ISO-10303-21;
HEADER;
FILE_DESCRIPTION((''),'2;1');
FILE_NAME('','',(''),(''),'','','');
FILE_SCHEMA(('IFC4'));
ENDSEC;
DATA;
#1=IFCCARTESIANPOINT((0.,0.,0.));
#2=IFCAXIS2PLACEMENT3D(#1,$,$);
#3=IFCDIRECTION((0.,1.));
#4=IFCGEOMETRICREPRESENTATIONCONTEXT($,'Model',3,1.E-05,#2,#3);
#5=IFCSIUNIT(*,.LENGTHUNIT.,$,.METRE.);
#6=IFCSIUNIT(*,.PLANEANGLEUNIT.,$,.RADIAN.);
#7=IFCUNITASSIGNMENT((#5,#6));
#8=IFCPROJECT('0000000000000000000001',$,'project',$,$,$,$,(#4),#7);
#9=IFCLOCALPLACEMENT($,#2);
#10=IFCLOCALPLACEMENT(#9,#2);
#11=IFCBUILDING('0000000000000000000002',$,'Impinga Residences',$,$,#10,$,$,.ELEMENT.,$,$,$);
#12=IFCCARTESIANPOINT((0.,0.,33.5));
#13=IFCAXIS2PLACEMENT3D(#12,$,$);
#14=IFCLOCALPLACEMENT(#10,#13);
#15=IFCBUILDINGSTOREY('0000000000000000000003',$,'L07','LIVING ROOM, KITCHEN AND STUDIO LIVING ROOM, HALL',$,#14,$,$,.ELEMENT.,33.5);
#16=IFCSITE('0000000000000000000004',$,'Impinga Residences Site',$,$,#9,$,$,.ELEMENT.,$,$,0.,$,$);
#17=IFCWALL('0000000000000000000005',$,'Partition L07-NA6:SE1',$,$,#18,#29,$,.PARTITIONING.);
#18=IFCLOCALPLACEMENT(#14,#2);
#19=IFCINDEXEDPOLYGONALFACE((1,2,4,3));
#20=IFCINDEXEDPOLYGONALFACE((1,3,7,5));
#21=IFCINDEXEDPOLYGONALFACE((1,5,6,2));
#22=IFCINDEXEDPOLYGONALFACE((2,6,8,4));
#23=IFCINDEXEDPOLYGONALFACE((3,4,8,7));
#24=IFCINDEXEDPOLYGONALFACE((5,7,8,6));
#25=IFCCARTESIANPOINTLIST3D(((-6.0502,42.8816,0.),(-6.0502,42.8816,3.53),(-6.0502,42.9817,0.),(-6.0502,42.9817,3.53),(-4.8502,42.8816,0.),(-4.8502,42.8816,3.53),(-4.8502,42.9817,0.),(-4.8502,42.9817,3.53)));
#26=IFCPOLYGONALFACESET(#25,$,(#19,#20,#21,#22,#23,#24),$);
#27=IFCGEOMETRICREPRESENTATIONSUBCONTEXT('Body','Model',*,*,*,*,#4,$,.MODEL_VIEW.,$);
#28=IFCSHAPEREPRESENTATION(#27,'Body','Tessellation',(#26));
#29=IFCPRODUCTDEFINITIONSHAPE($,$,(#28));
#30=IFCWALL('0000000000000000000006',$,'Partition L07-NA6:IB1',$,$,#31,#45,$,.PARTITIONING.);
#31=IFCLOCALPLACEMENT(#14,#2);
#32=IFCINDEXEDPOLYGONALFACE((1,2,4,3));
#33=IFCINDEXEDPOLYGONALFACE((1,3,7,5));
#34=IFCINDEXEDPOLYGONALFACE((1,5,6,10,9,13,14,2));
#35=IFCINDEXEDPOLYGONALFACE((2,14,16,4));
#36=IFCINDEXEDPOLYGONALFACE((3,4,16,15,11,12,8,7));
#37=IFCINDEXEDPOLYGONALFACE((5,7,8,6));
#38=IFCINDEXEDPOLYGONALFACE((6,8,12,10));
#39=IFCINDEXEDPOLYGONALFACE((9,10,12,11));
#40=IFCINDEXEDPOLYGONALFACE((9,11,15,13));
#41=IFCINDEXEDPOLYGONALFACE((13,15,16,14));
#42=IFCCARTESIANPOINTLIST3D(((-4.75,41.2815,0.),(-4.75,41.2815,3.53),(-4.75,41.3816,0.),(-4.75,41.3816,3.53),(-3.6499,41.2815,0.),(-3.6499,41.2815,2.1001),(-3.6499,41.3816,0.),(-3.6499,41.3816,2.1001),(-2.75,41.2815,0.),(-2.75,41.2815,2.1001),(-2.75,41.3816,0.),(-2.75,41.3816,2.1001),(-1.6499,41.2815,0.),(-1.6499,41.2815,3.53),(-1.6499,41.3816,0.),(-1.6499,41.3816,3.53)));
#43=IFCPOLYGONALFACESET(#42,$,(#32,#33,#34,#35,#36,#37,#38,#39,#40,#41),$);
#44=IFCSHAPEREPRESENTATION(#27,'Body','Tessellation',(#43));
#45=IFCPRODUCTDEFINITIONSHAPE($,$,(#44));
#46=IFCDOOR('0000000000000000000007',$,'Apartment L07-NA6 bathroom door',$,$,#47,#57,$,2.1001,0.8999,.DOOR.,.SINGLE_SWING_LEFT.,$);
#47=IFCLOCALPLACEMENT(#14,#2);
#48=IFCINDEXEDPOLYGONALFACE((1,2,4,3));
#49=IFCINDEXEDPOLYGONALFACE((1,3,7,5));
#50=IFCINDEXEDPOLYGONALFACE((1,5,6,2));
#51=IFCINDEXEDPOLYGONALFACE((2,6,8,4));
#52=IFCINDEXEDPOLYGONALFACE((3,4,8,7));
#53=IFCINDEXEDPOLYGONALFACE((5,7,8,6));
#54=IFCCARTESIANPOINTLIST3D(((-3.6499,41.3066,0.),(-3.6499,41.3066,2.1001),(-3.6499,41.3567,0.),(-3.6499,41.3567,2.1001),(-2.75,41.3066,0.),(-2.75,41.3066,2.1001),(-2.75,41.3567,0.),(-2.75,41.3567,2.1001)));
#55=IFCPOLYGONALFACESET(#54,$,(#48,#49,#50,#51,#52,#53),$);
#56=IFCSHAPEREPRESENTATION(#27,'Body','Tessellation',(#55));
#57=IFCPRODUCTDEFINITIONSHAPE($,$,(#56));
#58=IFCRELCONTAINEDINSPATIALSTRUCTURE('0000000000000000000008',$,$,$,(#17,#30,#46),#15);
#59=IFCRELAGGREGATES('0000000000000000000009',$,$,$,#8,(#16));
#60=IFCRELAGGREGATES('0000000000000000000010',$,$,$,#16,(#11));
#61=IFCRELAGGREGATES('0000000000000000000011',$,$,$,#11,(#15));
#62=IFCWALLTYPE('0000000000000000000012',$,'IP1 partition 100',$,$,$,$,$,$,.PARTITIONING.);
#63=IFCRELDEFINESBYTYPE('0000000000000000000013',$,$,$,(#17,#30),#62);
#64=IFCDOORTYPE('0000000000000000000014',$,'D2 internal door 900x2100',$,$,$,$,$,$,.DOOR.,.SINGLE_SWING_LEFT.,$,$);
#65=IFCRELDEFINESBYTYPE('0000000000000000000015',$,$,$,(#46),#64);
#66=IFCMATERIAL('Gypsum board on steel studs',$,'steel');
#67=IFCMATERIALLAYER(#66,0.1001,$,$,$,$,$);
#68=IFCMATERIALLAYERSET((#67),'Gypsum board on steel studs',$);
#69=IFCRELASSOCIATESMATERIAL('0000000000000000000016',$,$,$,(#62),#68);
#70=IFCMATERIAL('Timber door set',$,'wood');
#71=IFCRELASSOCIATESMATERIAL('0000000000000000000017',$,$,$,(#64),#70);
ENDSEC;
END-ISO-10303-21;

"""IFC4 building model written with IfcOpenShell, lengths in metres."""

from ifc_helpers import new_model, si_unit, direction, frame, frame_2d, origin, place, context, subcontext, project, spatial, rectangle, extrude, material, layer, layer_set, type_object, element, fill, save


model = new_model("IFC4")

# Units and contexts
model_context = context("Model", 3, precision=1e-05, world=origin(), true_north=direction((0.0, 1.0)))
body_context = subcontext(model_context, "Body", "Model", "MODEL_VIEW")
ifc_project = project(units=[si_unit("LENGTHUNIT", "METRE"), si_unit("PLANEANGLEUNIT", "RADIAN")], contexts=[model_context])

# Site, building, storey
site_placement = place(None, origin())
site = spatial("IfcSite", under=ifc_project, at=site_placement, Name="Impinga Residences Site", CompositionType="ELEMENT", RefElevation=0.0)
building_placement = place(site_placement, origin())
building = spatial("IfcBuilding", under=site, at=building_placement, Name="Impinga Residences", CompositionType="ELEMENT")
storey_placement = place(building_placement, frame((0.0, 0.0, 33.5)))
storey = spatial("IfcBuildingStorey", under=building, at=storey_placement, Name="L07", Description="LIVING ROOM, KITCHEN AND STUDIO LIVING ROOM, HALL", CompositionType="ELEMENT", Elevation=33.5)

# Shared definitions
ifc_material_1 = material(Name="Gypsum board on steel studs", Category="steel")
ifc_layer_1 = layer(ifc_material_1, 0.1001)
ifc_layer_set_1 = layer_set([ifc_layer_1], Name="Gypsum board on steel studs")
wall_type_1 = type_object("IfcWallType", Name="IP1 partition 100", PredefinedType="PARTITIONING", material=ifc_layer_set_1)

# Shared definitions
ifc_material_2 = material(Name="Timber door set", Category="wood")
door_type = type_object("IfcDoorType", Name="D2 internal door 900x2100", OperationType="SINGLE_SWING_LEFT", PredefinedType="DOOR", material=ifc_material_2)

# Wall
for number, where, z_axis, x_axis, name in (
    (1, (-4.8501, 42.9316, 0.0), (0.0, 0.0, 1.0), (-1.0, 0.0, 0.0), "Partition L07-NA6:SE1"),
):
    element("IfcWall", number, at=place(storey_placement, frame(where, z_axis=z_axis, x_axis=x_axis)), inside=storey, type_object=wall_type_1, Name=name, PredefinedType="PARTITIONING", context=body_context, shape_type="SweptSolid", body=[
        extrude(rectangle(XDim=1.2, YDim=0.1001, at=frame_2d((0.6001, 0.0))), origin(), (0.0, 0.0, 1.0), 3.53),
    ])

# Wall, opening, door
wall_1_placement = place(storey_placement, frame((-1.6499, 41.3315, 0.0), z_axis=(0.0, 0.0, 1.0), x_axis=(-1.0, 0.0, 0.0)))
wall_1 = element("IfcWall", 2, at=wall_1_placement, inside=storey, type_object=wall_type_1, Name="Partition L07-NA6:IB1", PredefinedType="PARTITIONING", context=body_context, shape_type="SweptSolid", body=[
    extrude(rectangle(XDim=3.1001, YDim=0.1001, at=frame_2d((1.55, 0.0))), origin(), (0.0, 0.0, 1.0), 3.53),
])
opening_1_placement = place(wall_1_placement, frame((1.1001, 0.0, 0.0)))
opening_1 = element("IfcOpeningElement", 3, at=opening_1_placement, cuts=wall_1, PredefinedType="OPENING", context=body_context, shape_type="SweptSolid", body=[
    extrude(rectangle(XDim=0.8999, YDim=2.1001, at=frame_2d((0.45, 1.05))), frame((0.0, 0.0601, 0.0), z_axis=(0.0, -1.0, 0.0), x_axis=(1.0, 0.0, 0.0)), (0.0, 0.0, 1.0), 0.1201),
])
door_1_placement = place(opening_1_placement, origin())
door_1 = element("IfcDoor", 4, at=door_1_placement, inside=storey, type_object=door_type, Name="Apartment L07-NA6 bathroom door", OperationType="SINGLE_SWING_LEFT", OverallHeight=2.1001, OverallWidth=0.8999, PredefinedType="DOOR", context=body_context, shape_type="SweptSolid", body=[
    extrude(rectangle(XDim=0.8999, YDim=2.1001, at=frame_2d((0.45, 1.05))), frame((0.0, 0.0249, 0.0), z_axis=(0.0, -1.0, 0.0), x_axis=(1.0, 0.0, 0.0)), (0.0, 0.0, 1.0), 0.05),
])
fill(opening_1, door_1)

save(model, "model.ifc")
